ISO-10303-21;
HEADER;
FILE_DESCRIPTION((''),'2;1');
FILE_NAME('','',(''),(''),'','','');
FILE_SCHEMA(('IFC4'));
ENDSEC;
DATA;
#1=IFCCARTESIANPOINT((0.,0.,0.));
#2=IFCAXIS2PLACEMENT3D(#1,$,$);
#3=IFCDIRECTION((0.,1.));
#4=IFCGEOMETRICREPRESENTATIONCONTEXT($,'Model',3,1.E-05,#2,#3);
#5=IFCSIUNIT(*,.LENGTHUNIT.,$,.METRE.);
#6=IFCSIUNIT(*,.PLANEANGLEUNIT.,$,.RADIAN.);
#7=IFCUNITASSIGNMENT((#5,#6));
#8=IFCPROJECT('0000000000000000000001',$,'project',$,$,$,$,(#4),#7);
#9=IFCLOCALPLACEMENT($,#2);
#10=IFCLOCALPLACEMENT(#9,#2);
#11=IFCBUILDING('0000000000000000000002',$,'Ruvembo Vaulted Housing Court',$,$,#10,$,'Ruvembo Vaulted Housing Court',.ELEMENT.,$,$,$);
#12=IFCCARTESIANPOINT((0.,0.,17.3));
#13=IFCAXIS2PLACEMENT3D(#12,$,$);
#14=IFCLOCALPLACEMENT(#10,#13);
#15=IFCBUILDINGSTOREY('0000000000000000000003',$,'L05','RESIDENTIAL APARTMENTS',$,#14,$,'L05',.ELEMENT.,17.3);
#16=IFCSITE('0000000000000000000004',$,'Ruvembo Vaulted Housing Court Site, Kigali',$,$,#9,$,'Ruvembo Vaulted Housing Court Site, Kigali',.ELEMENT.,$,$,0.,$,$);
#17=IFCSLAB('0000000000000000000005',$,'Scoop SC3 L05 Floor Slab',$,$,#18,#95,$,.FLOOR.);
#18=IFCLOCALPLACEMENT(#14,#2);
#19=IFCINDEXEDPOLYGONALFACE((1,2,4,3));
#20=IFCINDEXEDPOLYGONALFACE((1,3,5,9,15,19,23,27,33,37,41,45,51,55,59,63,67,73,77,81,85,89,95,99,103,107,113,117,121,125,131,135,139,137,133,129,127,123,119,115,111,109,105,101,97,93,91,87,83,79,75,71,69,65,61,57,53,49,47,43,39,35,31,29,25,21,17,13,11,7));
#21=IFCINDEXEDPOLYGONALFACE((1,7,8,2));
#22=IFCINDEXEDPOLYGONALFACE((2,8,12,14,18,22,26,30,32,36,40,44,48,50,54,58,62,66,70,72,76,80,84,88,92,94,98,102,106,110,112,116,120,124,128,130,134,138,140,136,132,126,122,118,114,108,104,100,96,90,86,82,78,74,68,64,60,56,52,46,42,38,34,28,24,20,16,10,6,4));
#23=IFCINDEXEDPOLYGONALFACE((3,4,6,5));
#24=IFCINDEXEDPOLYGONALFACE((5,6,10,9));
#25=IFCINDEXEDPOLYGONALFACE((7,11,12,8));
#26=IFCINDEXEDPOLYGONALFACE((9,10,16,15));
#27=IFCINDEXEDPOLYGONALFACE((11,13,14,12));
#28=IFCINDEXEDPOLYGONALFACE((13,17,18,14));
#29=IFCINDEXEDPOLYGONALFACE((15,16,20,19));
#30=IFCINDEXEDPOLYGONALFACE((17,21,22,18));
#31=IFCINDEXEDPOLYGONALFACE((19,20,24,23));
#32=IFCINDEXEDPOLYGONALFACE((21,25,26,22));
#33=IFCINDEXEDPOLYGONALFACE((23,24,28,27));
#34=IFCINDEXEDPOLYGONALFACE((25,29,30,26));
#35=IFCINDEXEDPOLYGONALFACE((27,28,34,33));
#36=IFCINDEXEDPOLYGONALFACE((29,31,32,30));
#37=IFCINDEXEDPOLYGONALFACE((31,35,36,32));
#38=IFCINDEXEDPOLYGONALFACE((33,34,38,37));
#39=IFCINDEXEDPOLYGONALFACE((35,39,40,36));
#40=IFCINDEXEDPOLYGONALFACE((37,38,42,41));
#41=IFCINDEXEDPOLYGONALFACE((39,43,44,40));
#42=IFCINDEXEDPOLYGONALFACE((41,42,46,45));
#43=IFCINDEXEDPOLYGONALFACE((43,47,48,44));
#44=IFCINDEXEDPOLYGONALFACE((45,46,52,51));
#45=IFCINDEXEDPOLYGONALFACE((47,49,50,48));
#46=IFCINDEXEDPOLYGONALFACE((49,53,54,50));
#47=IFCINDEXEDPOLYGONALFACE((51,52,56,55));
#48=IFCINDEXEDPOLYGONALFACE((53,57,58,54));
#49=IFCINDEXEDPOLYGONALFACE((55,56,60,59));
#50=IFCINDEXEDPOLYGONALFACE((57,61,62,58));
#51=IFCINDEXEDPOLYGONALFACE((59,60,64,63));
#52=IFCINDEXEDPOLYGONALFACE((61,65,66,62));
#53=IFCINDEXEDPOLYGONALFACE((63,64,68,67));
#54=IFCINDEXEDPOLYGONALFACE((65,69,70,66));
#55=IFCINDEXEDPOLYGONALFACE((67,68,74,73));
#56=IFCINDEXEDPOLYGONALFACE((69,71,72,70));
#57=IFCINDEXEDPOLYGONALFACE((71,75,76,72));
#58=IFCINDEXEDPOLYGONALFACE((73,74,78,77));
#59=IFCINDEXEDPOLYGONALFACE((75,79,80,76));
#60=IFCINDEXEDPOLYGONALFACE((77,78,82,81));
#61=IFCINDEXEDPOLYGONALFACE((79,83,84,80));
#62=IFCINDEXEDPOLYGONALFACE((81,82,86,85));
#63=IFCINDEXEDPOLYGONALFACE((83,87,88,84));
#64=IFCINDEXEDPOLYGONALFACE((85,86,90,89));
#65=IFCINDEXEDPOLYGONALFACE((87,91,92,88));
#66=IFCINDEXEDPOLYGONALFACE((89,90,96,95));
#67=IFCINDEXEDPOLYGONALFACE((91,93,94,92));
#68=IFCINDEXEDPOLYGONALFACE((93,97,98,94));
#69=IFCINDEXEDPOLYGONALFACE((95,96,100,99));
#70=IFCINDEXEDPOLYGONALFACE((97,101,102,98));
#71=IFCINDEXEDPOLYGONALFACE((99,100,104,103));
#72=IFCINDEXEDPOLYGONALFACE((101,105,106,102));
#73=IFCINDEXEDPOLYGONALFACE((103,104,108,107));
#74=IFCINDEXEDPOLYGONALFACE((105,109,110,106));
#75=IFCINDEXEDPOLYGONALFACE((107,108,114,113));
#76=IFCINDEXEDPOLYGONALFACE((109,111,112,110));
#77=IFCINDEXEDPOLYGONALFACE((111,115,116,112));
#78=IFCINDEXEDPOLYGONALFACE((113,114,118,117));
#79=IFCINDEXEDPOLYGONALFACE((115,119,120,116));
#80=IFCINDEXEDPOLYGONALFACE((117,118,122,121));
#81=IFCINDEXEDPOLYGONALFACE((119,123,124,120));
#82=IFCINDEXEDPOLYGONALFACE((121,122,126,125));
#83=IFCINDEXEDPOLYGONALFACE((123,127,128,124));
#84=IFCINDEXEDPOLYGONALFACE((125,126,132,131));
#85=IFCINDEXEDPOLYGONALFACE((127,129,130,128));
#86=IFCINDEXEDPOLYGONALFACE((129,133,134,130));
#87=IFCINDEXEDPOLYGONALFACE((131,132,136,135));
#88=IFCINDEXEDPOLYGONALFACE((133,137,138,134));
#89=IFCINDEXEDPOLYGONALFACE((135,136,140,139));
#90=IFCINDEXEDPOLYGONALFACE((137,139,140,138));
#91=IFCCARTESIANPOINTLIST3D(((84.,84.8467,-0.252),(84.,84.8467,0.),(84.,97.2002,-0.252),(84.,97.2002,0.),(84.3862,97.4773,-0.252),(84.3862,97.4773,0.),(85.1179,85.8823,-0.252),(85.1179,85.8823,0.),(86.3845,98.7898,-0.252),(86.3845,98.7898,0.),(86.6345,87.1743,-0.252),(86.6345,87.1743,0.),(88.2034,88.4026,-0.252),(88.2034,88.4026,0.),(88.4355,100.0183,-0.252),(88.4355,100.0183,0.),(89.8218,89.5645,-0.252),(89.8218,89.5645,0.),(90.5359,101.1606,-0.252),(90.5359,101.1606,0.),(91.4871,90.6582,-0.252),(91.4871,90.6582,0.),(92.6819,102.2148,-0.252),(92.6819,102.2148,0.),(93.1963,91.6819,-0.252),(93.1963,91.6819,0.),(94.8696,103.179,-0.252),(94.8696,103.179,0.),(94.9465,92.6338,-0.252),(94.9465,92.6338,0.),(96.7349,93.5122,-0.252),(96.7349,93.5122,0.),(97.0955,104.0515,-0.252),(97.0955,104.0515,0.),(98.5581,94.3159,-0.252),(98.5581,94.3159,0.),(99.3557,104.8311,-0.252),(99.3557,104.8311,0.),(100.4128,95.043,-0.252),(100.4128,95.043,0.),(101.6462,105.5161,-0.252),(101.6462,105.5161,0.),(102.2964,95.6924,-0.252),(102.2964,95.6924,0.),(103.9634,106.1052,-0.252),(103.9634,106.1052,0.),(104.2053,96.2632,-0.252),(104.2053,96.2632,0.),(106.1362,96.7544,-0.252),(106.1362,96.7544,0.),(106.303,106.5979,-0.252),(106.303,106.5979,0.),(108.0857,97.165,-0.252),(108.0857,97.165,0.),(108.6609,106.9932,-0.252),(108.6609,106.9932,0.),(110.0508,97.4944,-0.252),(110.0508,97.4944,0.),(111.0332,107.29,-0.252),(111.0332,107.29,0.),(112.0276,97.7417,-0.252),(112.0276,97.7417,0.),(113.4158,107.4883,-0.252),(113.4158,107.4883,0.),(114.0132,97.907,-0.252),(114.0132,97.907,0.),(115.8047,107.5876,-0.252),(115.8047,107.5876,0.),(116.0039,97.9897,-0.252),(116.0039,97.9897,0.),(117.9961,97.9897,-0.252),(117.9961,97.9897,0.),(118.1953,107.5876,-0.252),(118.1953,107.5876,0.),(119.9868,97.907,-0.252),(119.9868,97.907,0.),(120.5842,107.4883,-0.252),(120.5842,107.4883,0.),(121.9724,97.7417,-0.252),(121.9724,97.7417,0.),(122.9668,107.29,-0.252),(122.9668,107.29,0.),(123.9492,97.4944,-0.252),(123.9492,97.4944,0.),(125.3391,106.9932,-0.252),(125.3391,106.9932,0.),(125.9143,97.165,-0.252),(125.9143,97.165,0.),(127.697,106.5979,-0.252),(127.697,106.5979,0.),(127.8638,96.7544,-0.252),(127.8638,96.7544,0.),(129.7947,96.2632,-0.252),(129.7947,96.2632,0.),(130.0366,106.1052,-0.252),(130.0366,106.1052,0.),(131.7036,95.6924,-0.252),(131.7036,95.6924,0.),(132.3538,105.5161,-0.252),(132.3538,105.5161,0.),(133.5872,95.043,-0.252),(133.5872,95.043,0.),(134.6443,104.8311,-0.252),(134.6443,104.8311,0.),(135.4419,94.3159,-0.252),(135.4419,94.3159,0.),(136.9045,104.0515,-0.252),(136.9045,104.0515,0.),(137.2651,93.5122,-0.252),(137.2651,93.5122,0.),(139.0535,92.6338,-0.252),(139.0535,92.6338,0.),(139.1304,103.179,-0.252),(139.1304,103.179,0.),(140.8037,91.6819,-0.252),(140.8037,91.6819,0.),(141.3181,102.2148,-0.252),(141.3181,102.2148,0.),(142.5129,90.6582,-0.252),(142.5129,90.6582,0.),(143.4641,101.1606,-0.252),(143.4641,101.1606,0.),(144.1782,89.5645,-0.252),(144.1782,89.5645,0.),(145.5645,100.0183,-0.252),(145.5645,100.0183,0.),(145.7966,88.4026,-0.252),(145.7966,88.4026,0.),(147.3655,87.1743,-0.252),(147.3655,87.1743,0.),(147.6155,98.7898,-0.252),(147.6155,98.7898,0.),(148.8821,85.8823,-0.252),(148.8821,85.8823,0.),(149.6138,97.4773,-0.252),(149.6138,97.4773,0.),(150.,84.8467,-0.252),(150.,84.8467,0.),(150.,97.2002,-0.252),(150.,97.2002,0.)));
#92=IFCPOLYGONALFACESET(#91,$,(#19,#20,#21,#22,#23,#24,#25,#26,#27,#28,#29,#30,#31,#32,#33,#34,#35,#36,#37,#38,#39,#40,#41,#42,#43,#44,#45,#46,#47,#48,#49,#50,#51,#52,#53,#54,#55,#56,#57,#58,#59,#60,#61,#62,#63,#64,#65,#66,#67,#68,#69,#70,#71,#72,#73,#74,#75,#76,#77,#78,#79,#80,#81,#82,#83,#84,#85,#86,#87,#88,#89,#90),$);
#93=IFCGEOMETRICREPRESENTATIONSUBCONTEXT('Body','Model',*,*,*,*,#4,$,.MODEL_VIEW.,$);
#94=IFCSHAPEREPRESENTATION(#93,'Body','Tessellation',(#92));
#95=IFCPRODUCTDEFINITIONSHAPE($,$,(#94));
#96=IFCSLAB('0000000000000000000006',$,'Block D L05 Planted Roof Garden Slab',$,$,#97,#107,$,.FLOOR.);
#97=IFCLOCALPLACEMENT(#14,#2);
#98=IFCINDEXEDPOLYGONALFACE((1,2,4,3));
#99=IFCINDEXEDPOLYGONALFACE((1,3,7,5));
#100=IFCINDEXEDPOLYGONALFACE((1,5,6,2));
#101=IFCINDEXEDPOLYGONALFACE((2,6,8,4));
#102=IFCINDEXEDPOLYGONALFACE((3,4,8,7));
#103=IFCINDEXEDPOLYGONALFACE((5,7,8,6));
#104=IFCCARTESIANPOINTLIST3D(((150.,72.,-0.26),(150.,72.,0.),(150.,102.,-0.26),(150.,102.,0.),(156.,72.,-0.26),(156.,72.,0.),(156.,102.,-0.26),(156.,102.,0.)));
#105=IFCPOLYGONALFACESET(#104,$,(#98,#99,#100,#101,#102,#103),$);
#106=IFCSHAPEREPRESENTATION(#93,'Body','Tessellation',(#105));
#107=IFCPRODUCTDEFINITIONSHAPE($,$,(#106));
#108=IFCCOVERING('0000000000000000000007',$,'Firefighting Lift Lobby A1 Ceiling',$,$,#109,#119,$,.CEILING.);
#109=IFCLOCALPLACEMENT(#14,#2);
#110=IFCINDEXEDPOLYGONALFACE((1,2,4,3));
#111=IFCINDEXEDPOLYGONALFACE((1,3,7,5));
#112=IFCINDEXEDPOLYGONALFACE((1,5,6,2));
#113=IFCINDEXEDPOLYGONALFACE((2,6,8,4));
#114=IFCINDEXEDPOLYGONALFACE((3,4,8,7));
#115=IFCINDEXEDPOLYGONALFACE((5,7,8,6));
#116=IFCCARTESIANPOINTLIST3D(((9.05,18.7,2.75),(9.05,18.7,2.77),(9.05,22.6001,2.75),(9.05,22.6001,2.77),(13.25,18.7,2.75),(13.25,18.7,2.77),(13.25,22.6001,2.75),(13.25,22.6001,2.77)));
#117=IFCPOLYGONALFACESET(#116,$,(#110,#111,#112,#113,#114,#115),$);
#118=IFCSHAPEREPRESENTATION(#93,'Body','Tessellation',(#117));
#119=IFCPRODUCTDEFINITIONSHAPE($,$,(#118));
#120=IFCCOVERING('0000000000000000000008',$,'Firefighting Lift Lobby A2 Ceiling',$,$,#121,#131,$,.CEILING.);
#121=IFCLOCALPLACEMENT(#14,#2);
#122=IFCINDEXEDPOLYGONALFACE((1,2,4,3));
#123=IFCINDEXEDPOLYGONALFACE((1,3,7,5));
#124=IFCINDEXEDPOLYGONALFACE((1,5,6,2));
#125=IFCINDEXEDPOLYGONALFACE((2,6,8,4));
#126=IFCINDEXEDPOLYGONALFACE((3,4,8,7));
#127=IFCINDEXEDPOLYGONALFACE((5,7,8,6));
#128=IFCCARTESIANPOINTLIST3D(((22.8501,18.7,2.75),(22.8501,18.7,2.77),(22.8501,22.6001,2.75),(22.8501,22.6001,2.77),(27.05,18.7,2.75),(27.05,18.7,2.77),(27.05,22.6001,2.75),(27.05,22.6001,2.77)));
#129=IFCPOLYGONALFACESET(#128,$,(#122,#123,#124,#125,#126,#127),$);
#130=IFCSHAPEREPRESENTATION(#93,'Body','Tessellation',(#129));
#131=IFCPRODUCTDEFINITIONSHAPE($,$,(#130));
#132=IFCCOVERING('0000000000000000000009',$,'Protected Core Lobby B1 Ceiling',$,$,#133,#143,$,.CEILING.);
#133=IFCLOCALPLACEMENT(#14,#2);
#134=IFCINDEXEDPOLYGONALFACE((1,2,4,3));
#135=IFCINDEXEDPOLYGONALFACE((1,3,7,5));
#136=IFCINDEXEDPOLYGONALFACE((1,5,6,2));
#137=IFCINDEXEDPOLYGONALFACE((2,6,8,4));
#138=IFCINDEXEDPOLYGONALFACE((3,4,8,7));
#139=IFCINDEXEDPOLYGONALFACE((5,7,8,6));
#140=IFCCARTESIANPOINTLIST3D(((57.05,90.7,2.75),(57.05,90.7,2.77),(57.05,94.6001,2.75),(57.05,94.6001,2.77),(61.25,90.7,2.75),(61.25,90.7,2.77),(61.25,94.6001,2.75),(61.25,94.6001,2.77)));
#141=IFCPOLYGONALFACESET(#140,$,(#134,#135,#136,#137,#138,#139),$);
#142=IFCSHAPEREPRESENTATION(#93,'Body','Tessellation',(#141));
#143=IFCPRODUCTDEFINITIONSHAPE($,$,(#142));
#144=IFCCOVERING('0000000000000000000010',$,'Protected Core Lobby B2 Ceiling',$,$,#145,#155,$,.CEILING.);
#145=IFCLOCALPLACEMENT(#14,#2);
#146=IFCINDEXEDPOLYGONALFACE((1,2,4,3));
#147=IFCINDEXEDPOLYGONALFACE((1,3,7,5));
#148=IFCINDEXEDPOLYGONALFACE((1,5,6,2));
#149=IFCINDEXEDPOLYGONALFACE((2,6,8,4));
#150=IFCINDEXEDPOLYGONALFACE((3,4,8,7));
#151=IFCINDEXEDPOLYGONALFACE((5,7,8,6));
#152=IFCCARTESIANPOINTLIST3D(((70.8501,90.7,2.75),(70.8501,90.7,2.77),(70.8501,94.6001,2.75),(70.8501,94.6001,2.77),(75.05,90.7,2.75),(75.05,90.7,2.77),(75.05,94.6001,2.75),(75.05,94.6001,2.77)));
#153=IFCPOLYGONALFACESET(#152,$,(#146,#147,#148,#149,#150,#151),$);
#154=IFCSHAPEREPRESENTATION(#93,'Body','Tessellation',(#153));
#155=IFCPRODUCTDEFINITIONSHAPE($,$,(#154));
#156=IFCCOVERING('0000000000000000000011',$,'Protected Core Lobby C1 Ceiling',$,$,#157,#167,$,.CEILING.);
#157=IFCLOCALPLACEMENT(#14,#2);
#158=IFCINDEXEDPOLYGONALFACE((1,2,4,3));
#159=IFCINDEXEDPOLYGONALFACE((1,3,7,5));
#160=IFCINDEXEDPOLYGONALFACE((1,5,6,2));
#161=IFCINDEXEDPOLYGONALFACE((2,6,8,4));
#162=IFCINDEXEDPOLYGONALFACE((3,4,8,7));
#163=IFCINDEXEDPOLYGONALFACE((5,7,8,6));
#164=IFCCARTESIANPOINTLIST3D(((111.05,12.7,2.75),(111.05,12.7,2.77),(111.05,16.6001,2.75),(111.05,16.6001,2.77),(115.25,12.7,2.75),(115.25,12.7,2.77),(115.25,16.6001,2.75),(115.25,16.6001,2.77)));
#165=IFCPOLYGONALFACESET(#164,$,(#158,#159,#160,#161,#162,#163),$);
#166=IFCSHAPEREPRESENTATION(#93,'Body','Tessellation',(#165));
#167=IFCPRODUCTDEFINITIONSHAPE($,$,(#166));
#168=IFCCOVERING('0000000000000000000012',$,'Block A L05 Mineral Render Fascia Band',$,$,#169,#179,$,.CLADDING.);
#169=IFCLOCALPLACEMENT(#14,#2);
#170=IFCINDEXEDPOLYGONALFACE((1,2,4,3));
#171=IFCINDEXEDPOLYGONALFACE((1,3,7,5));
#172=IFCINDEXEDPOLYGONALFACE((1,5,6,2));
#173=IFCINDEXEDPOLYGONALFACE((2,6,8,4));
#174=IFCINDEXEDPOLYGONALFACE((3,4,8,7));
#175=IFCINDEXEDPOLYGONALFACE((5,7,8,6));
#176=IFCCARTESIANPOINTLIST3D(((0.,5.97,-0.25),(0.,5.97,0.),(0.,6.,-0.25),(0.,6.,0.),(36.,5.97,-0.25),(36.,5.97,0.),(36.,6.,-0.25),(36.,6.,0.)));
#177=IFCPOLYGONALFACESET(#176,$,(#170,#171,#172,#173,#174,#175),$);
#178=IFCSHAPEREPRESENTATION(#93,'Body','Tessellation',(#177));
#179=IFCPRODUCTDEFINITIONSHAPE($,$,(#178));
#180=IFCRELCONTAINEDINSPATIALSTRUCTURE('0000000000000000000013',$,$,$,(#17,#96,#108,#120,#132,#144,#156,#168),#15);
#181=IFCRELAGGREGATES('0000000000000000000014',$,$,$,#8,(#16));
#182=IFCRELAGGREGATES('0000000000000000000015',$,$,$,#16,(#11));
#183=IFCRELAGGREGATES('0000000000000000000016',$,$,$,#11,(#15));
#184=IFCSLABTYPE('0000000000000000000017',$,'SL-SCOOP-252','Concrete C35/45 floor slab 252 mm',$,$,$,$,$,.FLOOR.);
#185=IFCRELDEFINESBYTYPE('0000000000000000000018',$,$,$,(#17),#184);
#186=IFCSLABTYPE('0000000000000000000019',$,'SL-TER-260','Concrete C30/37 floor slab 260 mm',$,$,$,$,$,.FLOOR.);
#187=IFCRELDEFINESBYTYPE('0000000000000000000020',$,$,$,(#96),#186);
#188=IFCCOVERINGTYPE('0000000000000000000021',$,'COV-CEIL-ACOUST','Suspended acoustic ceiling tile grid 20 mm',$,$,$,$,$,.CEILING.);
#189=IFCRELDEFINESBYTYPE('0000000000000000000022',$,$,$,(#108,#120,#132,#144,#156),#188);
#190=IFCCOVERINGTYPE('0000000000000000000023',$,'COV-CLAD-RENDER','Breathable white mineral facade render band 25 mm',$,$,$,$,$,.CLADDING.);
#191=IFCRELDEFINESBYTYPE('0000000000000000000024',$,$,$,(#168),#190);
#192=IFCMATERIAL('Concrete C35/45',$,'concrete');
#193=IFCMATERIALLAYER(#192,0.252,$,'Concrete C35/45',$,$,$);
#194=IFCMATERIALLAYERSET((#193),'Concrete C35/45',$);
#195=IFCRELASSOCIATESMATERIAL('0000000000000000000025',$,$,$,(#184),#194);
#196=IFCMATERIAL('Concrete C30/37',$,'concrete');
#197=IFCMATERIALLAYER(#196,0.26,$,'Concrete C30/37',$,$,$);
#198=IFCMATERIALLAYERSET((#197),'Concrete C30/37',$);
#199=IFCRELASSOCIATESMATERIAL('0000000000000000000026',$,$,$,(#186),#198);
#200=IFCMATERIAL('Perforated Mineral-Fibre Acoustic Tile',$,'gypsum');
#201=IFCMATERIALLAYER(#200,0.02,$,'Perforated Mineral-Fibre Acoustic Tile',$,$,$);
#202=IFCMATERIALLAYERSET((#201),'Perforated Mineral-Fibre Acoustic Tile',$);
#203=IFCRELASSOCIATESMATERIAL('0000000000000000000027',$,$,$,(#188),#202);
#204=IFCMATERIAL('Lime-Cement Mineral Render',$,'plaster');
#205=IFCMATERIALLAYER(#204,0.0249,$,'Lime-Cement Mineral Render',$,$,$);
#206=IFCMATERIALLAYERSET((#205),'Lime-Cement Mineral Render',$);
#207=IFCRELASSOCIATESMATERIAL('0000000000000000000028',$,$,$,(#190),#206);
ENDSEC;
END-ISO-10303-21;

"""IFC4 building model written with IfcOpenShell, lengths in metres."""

from ifc_helpers import new_model, si_unit, direction, frame, origin, place, context, subcontext, project, spatial, polyline, outline, extrude, material, layer, layer_set, type_object, element, save


model = new_model("IFC4")

# Units and contexts
model_context = context("Model", 3, precision=1e-05, world=origin(), true_north=direction((0.0, 1.0)))
body_context = subcontext(model_context, "Body", "Model", "MODEL_VIEW")
ifc_project = project(units=[si_unit("LENGTHUNIT", "METRE"), si_unit("PLANEANGLEUNIT", "RADIAN")], contexts=[model_context])

# Site, building, storey
site_placement = place(None, origin())
site = spatial("IfcSite", under=ifc_project, at=site_placement, Name="Ruvembo Vaulted Housing Court Site, Kigali", LongName="Ruvembo Vaulted Housing Court Site, Kigali", CompositionType="ELEMENT", RefElevation=0.0)
building_placement = place(site_placement, origin())
building = spatial("IfcBuilding", under=site, at=building_placement, Name="Ruvembo Vaulted Housing Court", LongName="Ruvembo Vaulted Housing Court", CompositionType="ELEMENT")
storey_placement = place(building_placement, frame((0.0, 0.0, 17.3)))
storey = spatial("IfcBuildingStorey", under=building, at=storey_placement, Name="L05", Description="RESIDENTIAL APARTMENTS", LongName="L05", CompositionType="ELEMENT", Elevation=17.3)

# Shared definitions
ifc_material_1 = material(Name="Concrete C35/45", Category="concrete")
ifc_material_2 = material(Name="Concrete C30/37", Category="concrete")

# Slabs
ifc_layer_1 = layer(ifc_material_1, 0.252, Name="Concrete C35/45")
ifc_layer_set_1 = layer_set([ifc_layer_1], Name="Concrete C35/45")
slab_type_1 = type_object("IfcSlabType", Name="SL-SCOOP-252", Description="Concrete C35/45 floor slab 252 mm", PredefinedType="FLOOR", material=ifc_layer_set_1)
slab_1_placement = place(storey_placement, frame((0.0, 0.0, -0.252)))
element("IfcSlab", 1, at=slab_1_placement, inside=storey, type_object=slab_type_1, Name="Scoop SC3 L05 Floor Slab", PredefinedType="FLOOR", context=body_context, shape_type="SweptSolid", body=[
    extrude(outline(polyline([(150.0, 84.8467), (150.0, 97.2002), (149.6138, 97.4773), (147.6155, 98.7898), (145.5645, 100.0183), (143.4641, 101.1606), (141.3181, 102.2148), (139.1304, 103.179), (136.9045, 104.0515), (134.6443, 104.8311), (132.3538, 105.5161), (130.0366, 106.1052), (127.697, 106.5979), (125.3391, 106.9932), (122.9668, 107.29), (120.5842, 107.4883), (118.1953, 107.5876), (115.8047, 107.5876), (113.4158, 107.4883), (111.0332, 107.29), (108.6609, 106.9932), (106.303, 106.5979), (103.9634, 106.1052), (101.6462, 105.5161), (99.3557, 104.8311), (97.0955, 104.0515), (94.8696, 103.179), (92.6819, 102.2148), (90.5359, 101.1606), (88.4355, 100.0183), (86.3845, 98.7898), (84.3862, 97.4773), (84.0, 97.2002), (84.0, 84.8467), (85.1179, 85.8823), (86.6345, 87.1743), (88.2034, 88.4026), (89.8218, 89.5645), (91.4871, 90.6582), (93.1963, 91.6819), (94.9465, 92.6338), (96.7349, 93.5122), (98.5581, 94.3159), (100.4128, 95.043), (102.2964, 95.6924), (104.2053, 96.2632), (106.1362, 96.7544), (108.0857, 97.165), (110.0508, 97.4944), (112.0276, 97.7417), (114.0132, 97.907), (116.0039, 97.9897), (117.9961, 97.9897), (119.9868, 97.907), (121.9724, 97.7417), (123.9492, 97.4944), (125.9143, 97.165), (127.8638, 96.7544), (129.7947, 96.2632), (131.7036, 95.6924), (133.5872, 95.043), (135.4419, 94.3159), (137.2651, 93.5122), (139.0535, 92.6338), (140.8037, 91.6819), (142.5129, 90.6582), (144.1782, 89.5645), (145.7966, 88.4026), (147.3655, 87.1743), (148.8821, 85.8823), (150.0, 84.8467)])), origin(), (0.0, 0.0, 1.0), 0.252),
])
ifc_layer_2 = layer(ifc_material_2, 0.26, Name="Concrete C30/37")
ifc_layer_set_2 = layer_set([ifc_layer_2], Name="Concrete C30/37")
slab_type_2 = type_object("IfcSlabType", Name="SL-TER-260", Description="Concrete C30/37 floor slab 260 mm", PredefinedType="FLOOR", material=ifc_layer_set_2)
slab_2_placement = place(storey_placement, frame((0.0, 0.0, -0.26)))
element("IfcSlab", 2, at=slab_2_placement, inside=storey, type_object=slab_type_2, Name="Block D L05 Planted Roof Garden Slab", PredefinedType="FLOOR", context=body_context, shape_type="SweptSolid", body=[
    extrude(outline(polyline([(150.0, 72.0), (156.0, 72.0), (156.0, 102.0), (150.0, 102.0), (150.0, 72.0)])), origin(), (0.0, 0.0, 1.0), 0.26),
])

# Coverings
ifc_material_3 = material(Name="Perforated Mineral-Fibre Acoustic Tile", Category="gypsum")
ifc_layer_3 = layer(ifc_material_3, 0.02, Name="Perforated Mineral-Fibre Acoustic Tile")
ifc_layer_set_3 = layer_set([ifc_layer_3], Name="Perforated Mineral-Fibre Acoustic Tile")
covering_type_1 = type_object("IfcCoveringType", Name="COV-CEIL-ACOUST", Description="Suspended acoustic ceiling tile grid 20 mm", PredefinedType="CEILING", material=ifc_layer_set_3)
covering_1_placement = place(storey_placement, frame((0.0, 0.0, 2.75)))
element("IfcCovering", 3, at=covering_1_placement, inside=storey, type_object=covering_type_1, Name="Firefighting Lift Lobby A1 Ceiling", PredefinedType="CEILING", context=body_context, shape_type="SweptSolid", body=[
    extrude(outline(polyline([(13.25, 22.6001), (9.05, 22.6001), (9.05, 18.7), (13.25, 18.7), (13.25, 22.6001)])), origin(), (0.0, 0.0, 1.0), 0.02),
])
covering_2_placement = place(storey_placement, frame((0.0, 0.0, 2.75)))
element("IfcCovering", 4, at=covering_2_placement, inside=storey, type_object=covering_type_1, Name="Firefighting Lift Lobby A2 Ceiling", PredefinedType="CEILING", context=body_context, shape_type="SweptSolid", body=[
    extrude(outline(polyline([(27.05, 22.6001), (22.8501, 22.6001), (22.8501, 18.7), (27.05, 18.7), (27.05, 22.6001)])), origin(), (0.0, 0.0, 1.0), 0.02),
])
covering_3_placement = place(storey_placement, frame((0.0, 0.0, 2.75)))
element("IfcCovering", 5, at=covering_3_placement, inside=storey, type_object=covering_type_1, Name="Protected Core Lobby B1 Ceiling", PredefinedType="CEILING", context=body_context, shape_type="SweptSolid", body=[
    extrude(outline(polyline([(61.25, 94.6001), (57.05, 94.6001), (57.05, 90.7), (61.25, 90.7), (61.25, 94.6001)])), origin(), (0.0, 0.0, 1.0), 0.02),
])
covering_4_placement = place(storey_placement, frame((0.0, 0.0, 2.75)))
element("IfcCovering", 6, at=covering_4_placement, inside=storey, type_object=covering_type_1, Name="Protected Core Lobby B2 Ceiling", PredefinedType="CEILING", context=body_context, shape_type="SweptSolid", body=[
    extrude(outline(polyline([(75.05, 94.6001), (70.8501, 94.6001), (70.8501, 90.7), (75.05, 90.7), (75.05, 94.6001)])), origin(), (0.0, 0.0, 1.0), 0.02),
])
covering_5_placement = place(storey_placement, frame((0.0, 0.0, 2.75)))
element("IfcCovering", 7, at=covering_5_placement, inside=storey, type_object=covering_type_1, Name="Protected Core Lobby C1 Ceiling", PredefinedType="CEILING", context=body_context, shape_type="SweptSolid", body=[
    extrude(outline(polyline([(115.25, 16.6001), (111.05, 16.6001), (111.05, 12.7), (115.25, 12.7), (115.25, 16.6001)])), origin(), (0.0, 0.0, 1.0), 0.02),
])
ifc_material_4 = material(Name="Lime-Cement Mineral Render", Category="plaster")
ifc_layer_4 = layer(ifc_material_4, 0.0249, Name="Lime-Cement Mineral Render")
ifc_layer_set_4 = layer_set([ifc_layer_4], Name="Lime-Cement Mineral Render")
covering_type_2 = type_object("IfcCoveringType", Name="COV-CLAD-RENDER", Description="Breathable white mineral facade render band 25 mm", PredefinedType="CLADDING", material=ifc_layer_set_4)
covering_6_placement = place(storey_placement, frame((0.0, 0.0, -0.25)))
element("IfcCovering", 8, at=covering_6_placement, inside=storey, type_object=covering_type_2, Name="Block A L05 Mineral Render Fascia Band", PredefinedType="CLADDING", context=body_context, shape_type="SweptSolid", body=[
    extrude(outline(polyline([(0.0, 5.97), (36.0, 5.97), (36.0, 6.0), (0.0, 6.0), (0.0, 5.97)])), origin(), (0.0, 0.0, 1.0), 0.25),
])

save(model, "model.ifc")
